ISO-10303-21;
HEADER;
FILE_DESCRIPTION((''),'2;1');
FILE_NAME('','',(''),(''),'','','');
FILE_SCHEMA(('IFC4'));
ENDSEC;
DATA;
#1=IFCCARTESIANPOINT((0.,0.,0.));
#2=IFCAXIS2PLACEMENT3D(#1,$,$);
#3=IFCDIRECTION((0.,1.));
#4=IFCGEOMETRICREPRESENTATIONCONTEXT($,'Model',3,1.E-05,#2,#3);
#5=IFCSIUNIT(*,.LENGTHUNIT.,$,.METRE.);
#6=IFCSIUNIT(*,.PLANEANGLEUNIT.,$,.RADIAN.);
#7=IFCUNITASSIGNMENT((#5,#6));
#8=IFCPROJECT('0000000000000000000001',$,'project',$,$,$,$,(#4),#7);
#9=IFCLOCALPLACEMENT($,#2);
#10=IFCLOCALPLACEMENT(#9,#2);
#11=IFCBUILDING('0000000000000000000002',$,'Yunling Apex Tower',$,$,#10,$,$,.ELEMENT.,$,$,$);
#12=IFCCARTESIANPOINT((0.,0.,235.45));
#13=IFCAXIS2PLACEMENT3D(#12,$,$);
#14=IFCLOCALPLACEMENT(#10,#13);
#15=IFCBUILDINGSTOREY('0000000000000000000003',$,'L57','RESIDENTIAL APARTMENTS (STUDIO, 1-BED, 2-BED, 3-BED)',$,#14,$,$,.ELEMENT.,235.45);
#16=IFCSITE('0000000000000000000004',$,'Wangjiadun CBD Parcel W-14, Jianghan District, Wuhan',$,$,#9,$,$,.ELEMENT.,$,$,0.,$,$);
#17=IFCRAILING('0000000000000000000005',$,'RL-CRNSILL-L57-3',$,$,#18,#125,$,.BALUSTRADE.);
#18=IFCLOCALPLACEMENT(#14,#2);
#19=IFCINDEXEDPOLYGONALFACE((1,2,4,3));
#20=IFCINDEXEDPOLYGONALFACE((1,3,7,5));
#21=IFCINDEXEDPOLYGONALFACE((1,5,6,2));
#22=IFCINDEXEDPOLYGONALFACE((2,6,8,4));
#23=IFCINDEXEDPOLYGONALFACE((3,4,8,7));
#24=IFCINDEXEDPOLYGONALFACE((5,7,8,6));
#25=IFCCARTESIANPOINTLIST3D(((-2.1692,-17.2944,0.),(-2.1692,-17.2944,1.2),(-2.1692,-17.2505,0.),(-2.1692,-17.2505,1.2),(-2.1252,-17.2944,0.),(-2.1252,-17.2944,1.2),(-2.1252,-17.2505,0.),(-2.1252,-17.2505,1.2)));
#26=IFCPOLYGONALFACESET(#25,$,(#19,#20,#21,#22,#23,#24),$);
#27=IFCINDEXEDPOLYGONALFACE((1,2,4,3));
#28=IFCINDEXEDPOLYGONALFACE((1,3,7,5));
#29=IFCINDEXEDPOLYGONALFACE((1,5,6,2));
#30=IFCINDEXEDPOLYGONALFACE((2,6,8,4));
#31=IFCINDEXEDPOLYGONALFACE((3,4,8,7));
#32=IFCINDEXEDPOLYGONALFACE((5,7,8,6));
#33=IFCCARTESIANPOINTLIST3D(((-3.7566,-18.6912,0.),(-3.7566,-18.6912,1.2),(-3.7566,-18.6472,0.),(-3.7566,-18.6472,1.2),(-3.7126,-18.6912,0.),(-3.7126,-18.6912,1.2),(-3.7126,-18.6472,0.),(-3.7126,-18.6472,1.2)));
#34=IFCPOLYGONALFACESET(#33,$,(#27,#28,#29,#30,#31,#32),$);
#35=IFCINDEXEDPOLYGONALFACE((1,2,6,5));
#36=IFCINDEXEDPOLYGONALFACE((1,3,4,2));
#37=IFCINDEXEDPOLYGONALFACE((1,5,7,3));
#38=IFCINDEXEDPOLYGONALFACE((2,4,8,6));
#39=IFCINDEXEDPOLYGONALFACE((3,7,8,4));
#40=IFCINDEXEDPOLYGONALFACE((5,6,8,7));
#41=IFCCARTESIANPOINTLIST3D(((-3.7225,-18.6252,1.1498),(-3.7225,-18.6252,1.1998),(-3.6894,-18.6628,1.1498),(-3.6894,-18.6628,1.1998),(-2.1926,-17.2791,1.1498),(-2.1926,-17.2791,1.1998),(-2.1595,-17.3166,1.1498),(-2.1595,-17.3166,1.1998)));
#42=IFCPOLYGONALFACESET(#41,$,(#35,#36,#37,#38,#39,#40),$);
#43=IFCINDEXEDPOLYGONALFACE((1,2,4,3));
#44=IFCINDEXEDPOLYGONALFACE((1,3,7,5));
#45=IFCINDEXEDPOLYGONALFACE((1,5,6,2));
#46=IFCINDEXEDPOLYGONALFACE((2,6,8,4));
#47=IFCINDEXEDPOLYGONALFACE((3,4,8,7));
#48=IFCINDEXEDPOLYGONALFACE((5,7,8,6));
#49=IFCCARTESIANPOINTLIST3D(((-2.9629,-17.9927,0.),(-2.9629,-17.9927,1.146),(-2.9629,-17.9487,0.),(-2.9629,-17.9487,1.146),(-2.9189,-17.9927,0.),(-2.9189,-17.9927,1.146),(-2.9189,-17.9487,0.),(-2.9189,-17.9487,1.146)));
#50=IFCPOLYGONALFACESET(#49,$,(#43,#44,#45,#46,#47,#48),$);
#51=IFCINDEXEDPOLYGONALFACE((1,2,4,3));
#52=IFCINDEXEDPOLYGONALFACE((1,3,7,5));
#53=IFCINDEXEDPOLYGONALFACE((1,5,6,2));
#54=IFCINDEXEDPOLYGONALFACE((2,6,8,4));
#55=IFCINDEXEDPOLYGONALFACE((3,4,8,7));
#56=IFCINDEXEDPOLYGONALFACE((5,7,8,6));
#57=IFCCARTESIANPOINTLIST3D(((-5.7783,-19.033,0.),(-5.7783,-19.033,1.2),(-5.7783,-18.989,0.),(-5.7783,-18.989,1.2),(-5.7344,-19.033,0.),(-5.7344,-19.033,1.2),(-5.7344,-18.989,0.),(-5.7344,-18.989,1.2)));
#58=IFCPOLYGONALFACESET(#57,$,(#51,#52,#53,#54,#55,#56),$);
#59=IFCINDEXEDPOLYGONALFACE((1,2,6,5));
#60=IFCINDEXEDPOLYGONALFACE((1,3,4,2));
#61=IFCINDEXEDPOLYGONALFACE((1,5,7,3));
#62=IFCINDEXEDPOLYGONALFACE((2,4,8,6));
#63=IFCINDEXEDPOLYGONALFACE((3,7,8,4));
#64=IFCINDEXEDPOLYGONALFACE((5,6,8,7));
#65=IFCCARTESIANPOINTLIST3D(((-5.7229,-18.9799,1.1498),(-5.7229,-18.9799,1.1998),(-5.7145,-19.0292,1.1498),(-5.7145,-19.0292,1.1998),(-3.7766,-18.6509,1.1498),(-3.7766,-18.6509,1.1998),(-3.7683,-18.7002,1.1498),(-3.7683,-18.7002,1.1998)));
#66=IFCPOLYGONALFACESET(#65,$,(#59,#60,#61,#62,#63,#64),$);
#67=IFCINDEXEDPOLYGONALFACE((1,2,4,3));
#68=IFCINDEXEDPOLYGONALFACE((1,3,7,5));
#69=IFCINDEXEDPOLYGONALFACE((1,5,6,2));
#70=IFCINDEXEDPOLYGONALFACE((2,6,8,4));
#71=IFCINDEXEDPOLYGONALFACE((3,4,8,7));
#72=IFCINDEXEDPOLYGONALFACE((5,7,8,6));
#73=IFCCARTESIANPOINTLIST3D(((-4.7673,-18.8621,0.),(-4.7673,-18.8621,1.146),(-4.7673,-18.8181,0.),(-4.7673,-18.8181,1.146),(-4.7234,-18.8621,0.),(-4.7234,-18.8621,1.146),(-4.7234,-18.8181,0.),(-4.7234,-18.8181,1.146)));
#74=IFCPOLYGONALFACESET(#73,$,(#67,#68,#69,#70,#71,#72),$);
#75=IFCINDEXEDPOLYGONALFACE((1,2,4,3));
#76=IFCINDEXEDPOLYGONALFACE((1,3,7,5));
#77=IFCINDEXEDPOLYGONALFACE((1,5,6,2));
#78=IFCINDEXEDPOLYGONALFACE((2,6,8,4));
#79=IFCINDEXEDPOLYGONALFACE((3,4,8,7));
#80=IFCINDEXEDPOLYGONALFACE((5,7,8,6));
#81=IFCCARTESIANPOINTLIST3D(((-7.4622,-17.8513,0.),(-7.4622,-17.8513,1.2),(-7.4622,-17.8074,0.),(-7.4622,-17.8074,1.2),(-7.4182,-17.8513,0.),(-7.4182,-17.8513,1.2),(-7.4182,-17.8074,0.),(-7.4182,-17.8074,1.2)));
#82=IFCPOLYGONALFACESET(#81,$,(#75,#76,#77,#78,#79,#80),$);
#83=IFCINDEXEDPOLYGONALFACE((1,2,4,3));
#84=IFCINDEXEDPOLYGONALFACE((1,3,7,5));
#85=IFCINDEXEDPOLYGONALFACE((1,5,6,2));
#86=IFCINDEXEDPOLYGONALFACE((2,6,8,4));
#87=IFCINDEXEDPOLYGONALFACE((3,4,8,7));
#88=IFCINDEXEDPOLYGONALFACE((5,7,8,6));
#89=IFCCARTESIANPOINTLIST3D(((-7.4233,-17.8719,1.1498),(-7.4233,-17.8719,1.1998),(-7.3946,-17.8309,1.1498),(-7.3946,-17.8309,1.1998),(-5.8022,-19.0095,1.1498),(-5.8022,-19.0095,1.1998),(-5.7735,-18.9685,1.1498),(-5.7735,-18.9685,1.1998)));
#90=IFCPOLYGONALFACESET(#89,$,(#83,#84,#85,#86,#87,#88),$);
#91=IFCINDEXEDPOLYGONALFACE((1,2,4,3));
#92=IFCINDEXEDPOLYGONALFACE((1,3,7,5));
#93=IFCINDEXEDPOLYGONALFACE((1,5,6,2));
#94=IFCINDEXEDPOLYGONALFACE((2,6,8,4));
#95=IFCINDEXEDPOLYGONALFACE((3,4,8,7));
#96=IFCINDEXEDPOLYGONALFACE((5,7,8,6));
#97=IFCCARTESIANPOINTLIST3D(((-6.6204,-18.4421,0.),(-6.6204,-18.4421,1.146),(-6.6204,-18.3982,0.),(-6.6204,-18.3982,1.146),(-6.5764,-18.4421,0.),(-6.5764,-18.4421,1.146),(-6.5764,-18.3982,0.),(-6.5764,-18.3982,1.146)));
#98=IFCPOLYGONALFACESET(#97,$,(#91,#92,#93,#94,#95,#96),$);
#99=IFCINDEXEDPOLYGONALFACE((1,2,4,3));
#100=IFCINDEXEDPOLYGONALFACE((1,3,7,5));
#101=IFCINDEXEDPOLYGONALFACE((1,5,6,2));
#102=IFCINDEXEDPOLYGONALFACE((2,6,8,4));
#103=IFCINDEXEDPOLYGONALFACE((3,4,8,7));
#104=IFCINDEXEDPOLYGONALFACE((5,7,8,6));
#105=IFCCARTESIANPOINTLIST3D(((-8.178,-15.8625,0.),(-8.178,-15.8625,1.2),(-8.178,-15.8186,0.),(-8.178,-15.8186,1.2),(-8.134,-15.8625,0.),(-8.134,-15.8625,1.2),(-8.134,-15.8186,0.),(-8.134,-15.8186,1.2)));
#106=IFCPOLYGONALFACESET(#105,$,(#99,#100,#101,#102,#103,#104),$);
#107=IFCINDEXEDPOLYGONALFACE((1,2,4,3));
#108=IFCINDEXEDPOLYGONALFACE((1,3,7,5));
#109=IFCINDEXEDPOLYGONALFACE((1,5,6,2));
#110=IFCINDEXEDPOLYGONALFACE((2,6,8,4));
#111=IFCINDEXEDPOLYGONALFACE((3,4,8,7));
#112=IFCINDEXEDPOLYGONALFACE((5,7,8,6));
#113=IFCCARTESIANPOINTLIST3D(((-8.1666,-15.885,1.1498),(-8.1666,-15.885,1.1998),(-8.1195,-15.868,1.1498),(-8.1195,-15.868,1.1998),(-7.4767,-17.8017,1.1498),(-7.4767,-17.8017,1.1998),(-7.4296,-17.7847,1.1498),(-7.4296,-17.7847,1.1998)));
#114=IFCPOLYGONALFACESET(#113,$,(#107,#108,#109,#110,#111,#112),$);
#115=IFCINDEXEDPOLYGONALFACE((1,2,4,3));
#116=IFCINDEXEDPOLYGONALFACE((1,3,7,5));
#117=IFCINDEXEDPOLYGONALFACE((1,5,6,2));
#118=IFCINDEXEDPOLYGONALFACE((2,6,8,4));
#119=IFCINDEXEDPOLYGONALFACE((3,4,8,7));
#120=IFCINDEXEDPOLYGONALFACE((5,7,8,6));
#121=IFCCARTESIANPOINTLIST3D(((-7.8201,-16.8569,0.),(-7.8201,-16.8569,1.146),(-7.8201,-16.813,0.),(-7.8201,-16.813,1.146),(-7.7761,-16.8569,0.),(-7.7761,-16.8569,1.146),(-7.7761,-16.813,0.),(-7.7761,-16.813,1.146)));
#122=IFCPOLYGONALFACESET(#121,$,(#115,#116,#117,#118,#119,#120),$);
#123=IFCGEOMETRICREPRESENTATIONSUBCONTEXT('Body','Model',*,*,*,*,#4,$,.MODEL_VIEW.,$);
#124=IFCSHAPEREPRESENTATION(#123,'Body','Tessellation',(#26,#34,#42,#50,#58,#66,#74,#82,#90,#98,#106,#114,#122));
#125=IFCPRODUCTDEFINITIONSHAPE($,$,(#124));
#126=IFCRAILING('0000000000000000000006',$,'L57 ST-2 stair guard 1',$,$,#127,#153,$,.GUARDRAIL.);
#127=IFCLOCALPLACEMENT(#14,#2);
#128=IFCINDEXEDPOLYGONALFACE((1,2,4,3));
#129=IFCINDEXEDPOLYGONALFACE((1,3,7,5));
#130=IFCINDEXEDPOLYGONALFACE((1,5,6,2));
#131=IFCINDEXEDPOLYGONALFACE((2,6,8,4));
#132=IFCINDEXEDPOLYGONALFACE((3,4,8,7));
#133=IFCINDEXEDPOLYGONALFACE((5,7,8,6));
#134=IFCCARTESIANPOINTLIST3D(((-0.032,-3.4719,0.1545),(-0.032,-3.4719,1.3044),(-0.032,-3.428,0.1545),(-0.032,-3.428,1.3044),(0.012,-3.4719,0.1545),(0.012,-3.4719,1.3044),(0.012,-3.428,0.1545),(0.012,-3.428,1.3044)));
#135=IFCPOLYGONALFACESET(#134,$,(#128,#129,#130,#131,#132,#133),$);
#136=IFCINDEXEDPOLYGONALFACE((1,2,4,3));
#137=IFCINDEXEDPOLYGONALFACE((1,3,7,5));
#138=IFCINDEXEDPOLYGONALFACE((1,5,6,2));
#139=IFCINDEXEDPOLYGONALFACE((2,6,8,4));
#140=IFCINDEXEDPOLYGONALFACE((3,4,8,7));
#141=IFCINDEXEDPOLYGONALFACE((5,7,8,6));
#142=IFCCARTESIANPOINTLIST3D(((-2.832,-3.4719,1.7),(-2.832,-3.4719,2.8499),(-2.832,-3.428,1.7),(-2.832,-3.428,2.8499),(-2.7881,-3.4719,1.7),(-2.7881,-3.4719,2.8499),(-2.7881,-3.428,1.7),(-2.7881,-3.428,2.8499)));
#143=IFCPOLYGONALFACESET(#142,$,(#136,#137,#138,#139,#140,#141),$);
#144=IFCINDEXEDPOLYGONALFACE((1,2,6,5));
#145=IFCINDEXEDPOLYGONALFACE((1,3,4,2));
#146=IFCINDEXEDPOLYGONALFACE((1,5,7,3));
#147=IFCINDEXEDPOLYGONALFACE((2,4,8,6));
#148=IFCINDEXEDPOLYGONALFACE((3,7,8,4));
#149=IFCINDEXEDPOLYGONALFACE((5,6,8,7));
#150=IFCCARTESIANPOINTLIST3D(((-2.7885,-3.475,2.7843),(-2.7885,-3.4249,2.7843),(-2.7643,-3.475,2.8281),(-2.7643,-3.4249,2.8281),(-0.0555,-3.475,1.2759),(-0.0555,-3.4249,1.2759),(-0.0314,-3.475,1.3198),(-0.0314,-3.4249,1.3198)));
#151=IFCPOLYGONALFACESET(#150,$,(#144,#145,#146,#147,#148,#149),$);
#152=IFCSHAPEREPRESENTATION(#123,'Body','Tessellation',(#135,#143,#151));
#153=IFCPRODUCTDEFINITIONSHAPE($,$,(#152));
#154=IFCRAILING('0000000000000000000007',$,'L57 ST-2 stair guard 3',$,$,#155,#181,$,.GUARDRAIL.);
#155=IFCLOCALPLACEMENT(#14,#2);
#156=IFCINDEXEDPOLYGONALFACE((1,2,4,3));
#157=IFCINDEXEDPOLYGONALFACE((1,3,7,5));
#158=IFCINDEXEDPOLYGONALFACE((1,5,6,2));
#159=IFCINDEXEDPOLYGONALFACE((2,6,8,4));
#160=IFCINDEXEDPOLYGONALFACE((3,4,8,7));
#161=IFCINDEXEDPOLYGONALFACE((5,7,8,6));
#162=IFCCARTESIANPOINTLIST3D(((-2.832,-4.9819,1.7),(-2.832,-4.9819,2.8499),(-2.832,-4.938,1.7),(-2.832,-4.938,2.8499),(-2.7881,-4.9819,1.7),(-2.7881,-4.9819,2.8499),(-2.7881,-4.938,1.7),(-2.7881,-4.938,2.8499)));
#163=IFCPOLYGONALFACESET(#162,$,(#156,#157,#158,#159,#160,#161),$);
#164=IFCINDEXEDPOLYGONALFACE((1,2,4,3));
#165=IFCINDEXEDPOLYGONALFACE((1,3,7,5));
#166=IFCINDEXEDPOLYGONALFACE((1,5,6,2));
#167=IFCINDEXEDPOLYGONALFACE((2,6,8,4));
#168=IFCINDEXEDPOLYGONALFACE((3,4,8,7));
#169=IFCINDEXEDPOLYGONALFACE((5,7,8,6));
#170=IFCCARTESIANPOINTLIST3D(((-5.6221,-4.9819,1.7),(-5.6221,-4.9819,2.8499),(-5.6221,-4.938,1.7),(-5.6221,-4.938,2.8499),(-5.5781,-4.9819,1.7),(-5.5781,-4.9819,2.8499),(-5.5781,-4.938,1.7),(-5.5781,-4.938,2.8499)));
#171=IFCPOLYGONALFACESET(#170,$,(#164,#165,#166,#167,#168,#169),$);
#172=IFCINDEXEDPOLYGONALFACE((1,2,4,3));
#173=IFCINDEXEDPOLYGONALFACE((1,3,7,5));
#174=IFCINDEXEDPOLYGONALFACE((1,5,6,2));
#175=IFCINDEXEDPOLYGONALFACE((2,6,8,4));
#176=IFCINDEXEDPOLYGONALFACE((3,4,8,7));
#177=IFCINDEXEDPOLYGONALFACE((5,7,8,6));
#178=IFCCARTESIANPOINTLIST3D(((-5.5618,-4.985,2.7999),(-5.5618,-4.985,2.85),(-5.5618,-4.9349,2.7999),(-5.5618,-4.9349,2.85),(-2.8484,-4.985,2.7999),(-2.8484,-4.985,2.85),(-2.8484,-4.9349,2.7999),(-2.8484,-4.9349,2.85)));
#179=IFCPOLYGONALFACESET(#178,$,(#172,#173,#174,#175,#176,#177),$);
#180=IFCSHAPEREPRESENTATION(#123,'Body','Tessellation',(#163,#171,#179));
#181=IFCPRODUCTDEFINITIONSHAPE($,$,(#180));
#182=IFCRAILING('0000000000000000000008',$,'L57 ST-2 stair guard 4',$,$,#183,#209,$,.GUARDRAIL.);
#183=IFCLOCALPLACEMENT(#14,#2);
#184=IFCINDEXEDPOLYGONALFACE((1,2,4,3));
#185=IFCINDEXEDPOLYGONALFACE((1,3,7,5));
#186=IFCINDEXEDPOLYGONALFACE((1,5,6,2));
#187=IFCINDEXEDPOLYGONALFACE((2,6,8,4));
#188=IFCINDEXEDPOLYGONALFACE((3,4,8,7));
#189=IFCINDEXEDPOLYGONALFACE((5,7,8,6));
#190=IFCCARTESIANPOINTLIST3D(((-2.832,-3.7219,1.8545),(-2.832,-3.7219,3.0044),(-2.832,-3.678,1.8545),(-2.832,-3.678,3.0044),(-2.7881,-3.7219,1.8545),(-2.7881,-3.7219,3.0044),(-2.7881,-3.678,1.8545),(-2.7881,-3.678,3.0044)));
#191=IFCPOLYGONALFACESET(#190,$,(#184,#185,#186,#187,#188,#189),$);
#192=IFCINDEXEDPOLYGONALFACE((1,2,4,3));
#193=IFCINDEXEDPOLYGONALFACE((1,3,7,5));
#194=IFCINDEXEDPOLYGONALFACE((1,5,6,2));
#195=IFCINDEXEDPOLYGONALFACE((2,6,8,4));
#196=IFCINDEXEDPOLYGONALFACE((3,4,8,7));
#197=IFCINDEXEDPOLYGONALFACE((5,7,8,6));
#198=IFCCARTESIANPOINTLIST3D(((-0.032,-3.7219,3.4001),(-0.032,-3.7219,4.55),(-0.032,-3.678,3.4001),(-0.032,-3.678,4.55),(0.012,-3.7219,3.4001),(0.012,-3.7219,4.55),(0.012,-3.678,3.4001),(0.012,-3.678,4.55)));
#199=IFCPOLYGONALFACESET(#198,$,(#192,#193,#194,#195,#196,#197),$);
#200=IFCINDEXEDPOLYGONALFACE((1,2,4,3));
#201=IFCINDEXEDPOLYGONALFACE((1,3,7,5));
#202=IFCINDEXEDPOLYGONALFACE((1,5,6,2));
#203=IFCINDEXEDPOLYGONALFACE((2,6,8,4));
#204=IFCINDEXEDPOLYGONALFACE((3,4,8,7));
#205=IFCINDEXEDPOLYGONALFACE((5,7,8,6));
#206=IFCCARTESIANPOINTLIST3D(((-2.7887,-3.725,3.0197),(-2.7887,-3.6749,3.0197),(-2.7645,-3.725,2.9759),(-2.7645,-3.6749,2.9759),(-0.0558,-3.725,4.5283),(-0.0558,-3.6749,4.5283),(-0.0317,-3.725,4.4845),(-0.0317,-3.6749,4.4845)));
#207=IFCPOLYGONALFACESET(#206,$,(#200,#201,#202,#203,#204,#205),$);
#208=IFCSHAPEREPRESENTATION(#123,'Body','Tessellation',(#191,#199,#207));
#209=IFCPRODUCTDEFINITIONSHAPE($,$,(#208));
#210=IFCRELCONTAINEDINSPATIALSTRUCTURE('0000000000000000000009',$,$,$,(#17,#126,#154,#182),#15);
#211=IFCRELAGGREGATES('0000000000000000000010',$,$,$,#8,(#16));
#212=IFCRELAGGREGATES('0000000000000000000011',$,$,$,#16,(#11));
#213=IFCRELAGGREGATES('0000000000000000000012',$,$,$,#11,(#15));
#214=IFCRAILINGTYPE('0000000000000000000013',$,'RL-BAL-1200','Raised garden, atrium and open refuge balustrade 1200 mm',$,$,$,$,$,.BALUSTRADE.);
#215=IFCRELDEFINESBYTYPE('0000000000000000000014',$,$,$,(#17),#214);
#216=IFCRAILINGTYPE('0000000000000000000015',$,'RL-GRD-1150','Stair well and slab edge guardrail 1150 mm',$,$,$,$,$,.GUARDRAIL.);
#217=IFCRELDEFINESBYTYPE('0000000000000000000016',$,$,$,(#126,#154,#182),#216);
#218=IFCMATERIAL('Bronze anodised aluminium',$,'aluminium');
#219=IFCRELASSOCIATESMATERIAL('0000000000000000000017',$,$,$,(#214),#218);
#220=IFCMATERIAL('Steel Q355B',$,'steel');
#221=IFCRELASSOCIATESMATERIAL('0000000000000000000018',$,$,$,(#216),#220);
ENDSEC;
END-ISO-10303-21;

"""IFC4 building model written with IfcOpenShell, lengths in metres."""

from ifc_helpers import new_model, si_unit, direction, frame, origin, origin_2d, place, context, subcontext, project, spatial, rectangle, extrude, material, type_object, element, save


model = new_model("IFC4")

# Units and contexts
model_context = context("Model", 3, precision=1e-05, world=origin(), true_north=direction((0.0, 1.0)))
body_context = subcontext(model_context, "Body", "Model", "MODEL_VIEW")
ifc_project = project(units=[si_unit("LENGTHUNIT", "METRE"), si_unit("PLANEANGLEUNIT", "RADIAN")], contexts=[model_context])

# Site, building, storey
site_placement = place(None, origin())
site = spatial("IfcSite", under=ifc_project, at=site_placement, Name="Wangjiadun CBD Parcel W-14, Jianghan District, Wuhan", CompositionType="ELEMENT", RefElevation=0.0)
building_placement = place(site_placement, origin())
building = spatial("IfcBuilding", under=site, at=building_placement, Name="Yunling Apex Tower", CompositionType="ELEMENT")
storey_placement = place(building_placement, frame((0.0, 0.0, 235.45)))
storey = spatial("IfcBuildingStorey", under=building, at=storey_placement, Name="L57", Description="RESIDENTIAL APARTMENTS (STUDIO, 1-BED, 2-BED, 3-BED)", CompositionType="ELEMENT", Elevation=235.45)

# Shared definitions
ifc_material_1 = material(Name="Steel Q355B", Category="steel")

# Shared definitions
ifc_material_2 = material(Name="Bronze anodised aluminium", Category="aluminium")

# Railings
railing_type_1 = type_object("IfcRailingType", Name="RL-BAL-1200", Description="Raised garden, atrium and open refuge balustrade 1200 mm", PredefinedType="BALUSTRADE", material=ifc_material_2)
railing_1_placement = place(storey_placement, frame((-2.1472, -17.2725, 0.0)))
element("IfcRailing", 1, at=railing_1_placement, inside=storey, type_object=railing_type_1, Name="RL-CRNSILL-L57-3", PredefinedType="BALUSTRADE", context=body_context, shape_type="SweptSolid", body=[
    extrude(rectangle(XDim=0.0439, YDim=0.0439, at=origin_2d()), origin(), (0.0, 0.0, 1.0), 1.2),
    extrude(rectangle(XDim=0.0439, YDim=0.0439, at=origin_2d()), frame((-1.5874, -1.3967, 0.0)), (0.0, 0.0, 1.0), 1.2),
    extrude(rectangle(XDim=0.05, YDim=0.05, at=origin_2d()), frame((-0.0288, -0.0254, 1.1748), z_axis=(-0.750757, -0.660578, 0.0), x_axis=(0.660578, -0.750757, 0.0)), (0.0, 0.0, 1.0), 2.0378),
    extrude(rectangle(XDim=0.0439, YDim=0.0439, at=origin_2d()), frame((-0.7937, -0.6982, 0.0)), (0.0, 0.0, 1.0), 1.146),
    extrude(rectangle(XDim=0.0439, YDim=0.0439, at=origin_2d()), frame((-3.6091, -1.7385, 0.0)), (0.0, 0.0, 1.0), 1.2),
    extrude(rectangle(XDim=0.05, YDim=0.05, at=origin_2d()), frame((-1.6252, -1.4031, 1.1748), z_axis=(-0.986008, -0.166696, 0.0), x_axis=(0.166696, -0.986008, 0.0)), (0.0, 0.0, 1.0), 1.9739),
    extrude(rectangle(XDim=0.0439, YDim=0.0439, at=origin_2d()), frame((-2.5981, -1.5676, 0.0)), (0.0, 0.0, 1.0), 1.146),
    extrude(rectangle(XDim=0.0439, YDim=0.0439, at=origin_2d()), frame((-5.293, -0.5569, 0.0)), (0.0, 0.0, 1.0), 1.2),
    extrude(rectangle(XDim=0.05, YDim=0.05, at=origin_2d()), frame((-3.6406, -1.7166, 1.1748), z_axis=(-0.818557, 0.574426, 0.0), x_axis=(-0.574426, -0.818557, 0.0)), (0.0, 0.0, 1.0), 1.9805),
    extrude(rectangle(XDim=0.0439, YDim=0.0439, at=origin_2d()), frame((-4.4512, -1.1477, 0.0)), (0.0, 0.0, 1.0), 1.146),
    extrude(rectangle(XDim=0.0439, YDim=0.0439, at=origin_2d()), frame((-6.0088, 1.4319, 0.0)), (0.0, 0.0, 1.0), 1.2),
    extrude(rectangle(XDim=0.05, YDim=0.05, at=origin_2d()), frame((-5.3059, -0.5208, 1.1748), z_axis=(-0.338662, 0.940908, 0.0), x_axis=(-0.940908, -0.338662, 0.0)), (0.0, 0.0, 1.0), 2.0371),
    extrude(rectangle(XDim=0.0439, YDim=0.0439, at=origin_2d()), frame((-5.6509, 0.4375, 0.0)), (0.0, 0.0, 1.0), 1.146),
])
railing_type_2 = type_object("IfcRailingType", Name="RL-GRD-1150", Description="Stair well and slab edge guardrail 1150 mm", PredefinedType="GUARDRAIL", material=ifc_material_1)
railing_2_placement = place(storey_placement, frame((-0.01, -3.45, 0.1545)))
element("IfcRailing", 2, at=railing_2_placement, inside=storey, type_object=railing_type_2, Name="L57 ST-2 stair guard 1", PredefinedType="GUARDRAIL", context=body_context, shape_type="SweptSolid", body=[
    extrude(rectangle(XDim=0.0439, YDim=0.0439, at=origin_2d()), origin(), (0.0, 0.0, 1.0), 1.1499),
    extrude(rectangle(XDim=0.0439, YDim=0.0439, at=origin_2d()), frame((-2.8, 0.0, 1.5454)), (0.0, 0.0, 1.0), 1.1499),
    extrude(rectangle(XDim=0.05, YDim=0.05, at=origin_2d()), frame((-0.0334, 0.0, 1.1433), z_axis=(-0.875504, 0.0, 0.483211), x_axis=(0.0, -1.0, 0.0)), (0.0, 0.0, 1.0), 3.1216),
])
railing_3_placement = place(storey_placement, frame((-2.8101, -4.96, 1.7)))
element("IfcRailing", 3, at=railing_3_placement, inside=storey, type_object=railing_type_2, Name="L57 ST-2 stair guard 3", PredefinedType="GUARDRAIL", context=body_context, shape_type="SweptSolid", body=[
    extrude(rectangle(XDim=0.0439, YDim=0.0439, at=origin_2d()), origin(), (0.0, 0.0, 1.0), 1.1499),
    extrude(rectangle(XDim=0.0439, YDim=0.0439, at=origin_2d()), frame((-2.79, 0.0, 0.0)), (0.0, 0.0, 1.0), 1.1499),
    extrude(rectangle(XDim=0.05, YDim=0.05, at=origin_2d()), frame((-0.0383, 0.0, 1.125), z_axis=(-1.0, 0.0, 0.0), x_axis=(0.0, -1.0, 0.0)), (0.0, 0.0, 1.0), 2.7134),
])
railing_4_placement = place(storey_placement, frame((-2.8101, -3.7, 1.8545)))
element("IfcRailing", 4, at=railing_4_placement, inside=storey, type_object=railing_type_2, Name="L57 ST-2 stair guard 4", PredefinedType="GUARDRAIL", context=body_context, shape_type="SweptSolid", body=[
    extrude(rectangle(XDim=0.0439, YDim=0.0439, at=origin_2d()), origin(), (0.0, 0.0, 1.0), 1.1499),
    extrude(rectangle(XDim=0.0439, YDim=0.0439, at=origin_2d()), frame((2.8, 0.0, 1.5457)), (0.0, 0.0, 1.0), 1.1499),
    extrude(rectangle(XDim=0.05, YDim=0.05, at=origin_2d()), frame((0.0334, 0.0, 1.1433), z_axis=(0.875472, 0.0, 0.483269), x_axis=(0.0, 1.0, 0.0)), (0.0, 0.0, 1.0), 3.1216),
])

save(model, "model.ifc")
